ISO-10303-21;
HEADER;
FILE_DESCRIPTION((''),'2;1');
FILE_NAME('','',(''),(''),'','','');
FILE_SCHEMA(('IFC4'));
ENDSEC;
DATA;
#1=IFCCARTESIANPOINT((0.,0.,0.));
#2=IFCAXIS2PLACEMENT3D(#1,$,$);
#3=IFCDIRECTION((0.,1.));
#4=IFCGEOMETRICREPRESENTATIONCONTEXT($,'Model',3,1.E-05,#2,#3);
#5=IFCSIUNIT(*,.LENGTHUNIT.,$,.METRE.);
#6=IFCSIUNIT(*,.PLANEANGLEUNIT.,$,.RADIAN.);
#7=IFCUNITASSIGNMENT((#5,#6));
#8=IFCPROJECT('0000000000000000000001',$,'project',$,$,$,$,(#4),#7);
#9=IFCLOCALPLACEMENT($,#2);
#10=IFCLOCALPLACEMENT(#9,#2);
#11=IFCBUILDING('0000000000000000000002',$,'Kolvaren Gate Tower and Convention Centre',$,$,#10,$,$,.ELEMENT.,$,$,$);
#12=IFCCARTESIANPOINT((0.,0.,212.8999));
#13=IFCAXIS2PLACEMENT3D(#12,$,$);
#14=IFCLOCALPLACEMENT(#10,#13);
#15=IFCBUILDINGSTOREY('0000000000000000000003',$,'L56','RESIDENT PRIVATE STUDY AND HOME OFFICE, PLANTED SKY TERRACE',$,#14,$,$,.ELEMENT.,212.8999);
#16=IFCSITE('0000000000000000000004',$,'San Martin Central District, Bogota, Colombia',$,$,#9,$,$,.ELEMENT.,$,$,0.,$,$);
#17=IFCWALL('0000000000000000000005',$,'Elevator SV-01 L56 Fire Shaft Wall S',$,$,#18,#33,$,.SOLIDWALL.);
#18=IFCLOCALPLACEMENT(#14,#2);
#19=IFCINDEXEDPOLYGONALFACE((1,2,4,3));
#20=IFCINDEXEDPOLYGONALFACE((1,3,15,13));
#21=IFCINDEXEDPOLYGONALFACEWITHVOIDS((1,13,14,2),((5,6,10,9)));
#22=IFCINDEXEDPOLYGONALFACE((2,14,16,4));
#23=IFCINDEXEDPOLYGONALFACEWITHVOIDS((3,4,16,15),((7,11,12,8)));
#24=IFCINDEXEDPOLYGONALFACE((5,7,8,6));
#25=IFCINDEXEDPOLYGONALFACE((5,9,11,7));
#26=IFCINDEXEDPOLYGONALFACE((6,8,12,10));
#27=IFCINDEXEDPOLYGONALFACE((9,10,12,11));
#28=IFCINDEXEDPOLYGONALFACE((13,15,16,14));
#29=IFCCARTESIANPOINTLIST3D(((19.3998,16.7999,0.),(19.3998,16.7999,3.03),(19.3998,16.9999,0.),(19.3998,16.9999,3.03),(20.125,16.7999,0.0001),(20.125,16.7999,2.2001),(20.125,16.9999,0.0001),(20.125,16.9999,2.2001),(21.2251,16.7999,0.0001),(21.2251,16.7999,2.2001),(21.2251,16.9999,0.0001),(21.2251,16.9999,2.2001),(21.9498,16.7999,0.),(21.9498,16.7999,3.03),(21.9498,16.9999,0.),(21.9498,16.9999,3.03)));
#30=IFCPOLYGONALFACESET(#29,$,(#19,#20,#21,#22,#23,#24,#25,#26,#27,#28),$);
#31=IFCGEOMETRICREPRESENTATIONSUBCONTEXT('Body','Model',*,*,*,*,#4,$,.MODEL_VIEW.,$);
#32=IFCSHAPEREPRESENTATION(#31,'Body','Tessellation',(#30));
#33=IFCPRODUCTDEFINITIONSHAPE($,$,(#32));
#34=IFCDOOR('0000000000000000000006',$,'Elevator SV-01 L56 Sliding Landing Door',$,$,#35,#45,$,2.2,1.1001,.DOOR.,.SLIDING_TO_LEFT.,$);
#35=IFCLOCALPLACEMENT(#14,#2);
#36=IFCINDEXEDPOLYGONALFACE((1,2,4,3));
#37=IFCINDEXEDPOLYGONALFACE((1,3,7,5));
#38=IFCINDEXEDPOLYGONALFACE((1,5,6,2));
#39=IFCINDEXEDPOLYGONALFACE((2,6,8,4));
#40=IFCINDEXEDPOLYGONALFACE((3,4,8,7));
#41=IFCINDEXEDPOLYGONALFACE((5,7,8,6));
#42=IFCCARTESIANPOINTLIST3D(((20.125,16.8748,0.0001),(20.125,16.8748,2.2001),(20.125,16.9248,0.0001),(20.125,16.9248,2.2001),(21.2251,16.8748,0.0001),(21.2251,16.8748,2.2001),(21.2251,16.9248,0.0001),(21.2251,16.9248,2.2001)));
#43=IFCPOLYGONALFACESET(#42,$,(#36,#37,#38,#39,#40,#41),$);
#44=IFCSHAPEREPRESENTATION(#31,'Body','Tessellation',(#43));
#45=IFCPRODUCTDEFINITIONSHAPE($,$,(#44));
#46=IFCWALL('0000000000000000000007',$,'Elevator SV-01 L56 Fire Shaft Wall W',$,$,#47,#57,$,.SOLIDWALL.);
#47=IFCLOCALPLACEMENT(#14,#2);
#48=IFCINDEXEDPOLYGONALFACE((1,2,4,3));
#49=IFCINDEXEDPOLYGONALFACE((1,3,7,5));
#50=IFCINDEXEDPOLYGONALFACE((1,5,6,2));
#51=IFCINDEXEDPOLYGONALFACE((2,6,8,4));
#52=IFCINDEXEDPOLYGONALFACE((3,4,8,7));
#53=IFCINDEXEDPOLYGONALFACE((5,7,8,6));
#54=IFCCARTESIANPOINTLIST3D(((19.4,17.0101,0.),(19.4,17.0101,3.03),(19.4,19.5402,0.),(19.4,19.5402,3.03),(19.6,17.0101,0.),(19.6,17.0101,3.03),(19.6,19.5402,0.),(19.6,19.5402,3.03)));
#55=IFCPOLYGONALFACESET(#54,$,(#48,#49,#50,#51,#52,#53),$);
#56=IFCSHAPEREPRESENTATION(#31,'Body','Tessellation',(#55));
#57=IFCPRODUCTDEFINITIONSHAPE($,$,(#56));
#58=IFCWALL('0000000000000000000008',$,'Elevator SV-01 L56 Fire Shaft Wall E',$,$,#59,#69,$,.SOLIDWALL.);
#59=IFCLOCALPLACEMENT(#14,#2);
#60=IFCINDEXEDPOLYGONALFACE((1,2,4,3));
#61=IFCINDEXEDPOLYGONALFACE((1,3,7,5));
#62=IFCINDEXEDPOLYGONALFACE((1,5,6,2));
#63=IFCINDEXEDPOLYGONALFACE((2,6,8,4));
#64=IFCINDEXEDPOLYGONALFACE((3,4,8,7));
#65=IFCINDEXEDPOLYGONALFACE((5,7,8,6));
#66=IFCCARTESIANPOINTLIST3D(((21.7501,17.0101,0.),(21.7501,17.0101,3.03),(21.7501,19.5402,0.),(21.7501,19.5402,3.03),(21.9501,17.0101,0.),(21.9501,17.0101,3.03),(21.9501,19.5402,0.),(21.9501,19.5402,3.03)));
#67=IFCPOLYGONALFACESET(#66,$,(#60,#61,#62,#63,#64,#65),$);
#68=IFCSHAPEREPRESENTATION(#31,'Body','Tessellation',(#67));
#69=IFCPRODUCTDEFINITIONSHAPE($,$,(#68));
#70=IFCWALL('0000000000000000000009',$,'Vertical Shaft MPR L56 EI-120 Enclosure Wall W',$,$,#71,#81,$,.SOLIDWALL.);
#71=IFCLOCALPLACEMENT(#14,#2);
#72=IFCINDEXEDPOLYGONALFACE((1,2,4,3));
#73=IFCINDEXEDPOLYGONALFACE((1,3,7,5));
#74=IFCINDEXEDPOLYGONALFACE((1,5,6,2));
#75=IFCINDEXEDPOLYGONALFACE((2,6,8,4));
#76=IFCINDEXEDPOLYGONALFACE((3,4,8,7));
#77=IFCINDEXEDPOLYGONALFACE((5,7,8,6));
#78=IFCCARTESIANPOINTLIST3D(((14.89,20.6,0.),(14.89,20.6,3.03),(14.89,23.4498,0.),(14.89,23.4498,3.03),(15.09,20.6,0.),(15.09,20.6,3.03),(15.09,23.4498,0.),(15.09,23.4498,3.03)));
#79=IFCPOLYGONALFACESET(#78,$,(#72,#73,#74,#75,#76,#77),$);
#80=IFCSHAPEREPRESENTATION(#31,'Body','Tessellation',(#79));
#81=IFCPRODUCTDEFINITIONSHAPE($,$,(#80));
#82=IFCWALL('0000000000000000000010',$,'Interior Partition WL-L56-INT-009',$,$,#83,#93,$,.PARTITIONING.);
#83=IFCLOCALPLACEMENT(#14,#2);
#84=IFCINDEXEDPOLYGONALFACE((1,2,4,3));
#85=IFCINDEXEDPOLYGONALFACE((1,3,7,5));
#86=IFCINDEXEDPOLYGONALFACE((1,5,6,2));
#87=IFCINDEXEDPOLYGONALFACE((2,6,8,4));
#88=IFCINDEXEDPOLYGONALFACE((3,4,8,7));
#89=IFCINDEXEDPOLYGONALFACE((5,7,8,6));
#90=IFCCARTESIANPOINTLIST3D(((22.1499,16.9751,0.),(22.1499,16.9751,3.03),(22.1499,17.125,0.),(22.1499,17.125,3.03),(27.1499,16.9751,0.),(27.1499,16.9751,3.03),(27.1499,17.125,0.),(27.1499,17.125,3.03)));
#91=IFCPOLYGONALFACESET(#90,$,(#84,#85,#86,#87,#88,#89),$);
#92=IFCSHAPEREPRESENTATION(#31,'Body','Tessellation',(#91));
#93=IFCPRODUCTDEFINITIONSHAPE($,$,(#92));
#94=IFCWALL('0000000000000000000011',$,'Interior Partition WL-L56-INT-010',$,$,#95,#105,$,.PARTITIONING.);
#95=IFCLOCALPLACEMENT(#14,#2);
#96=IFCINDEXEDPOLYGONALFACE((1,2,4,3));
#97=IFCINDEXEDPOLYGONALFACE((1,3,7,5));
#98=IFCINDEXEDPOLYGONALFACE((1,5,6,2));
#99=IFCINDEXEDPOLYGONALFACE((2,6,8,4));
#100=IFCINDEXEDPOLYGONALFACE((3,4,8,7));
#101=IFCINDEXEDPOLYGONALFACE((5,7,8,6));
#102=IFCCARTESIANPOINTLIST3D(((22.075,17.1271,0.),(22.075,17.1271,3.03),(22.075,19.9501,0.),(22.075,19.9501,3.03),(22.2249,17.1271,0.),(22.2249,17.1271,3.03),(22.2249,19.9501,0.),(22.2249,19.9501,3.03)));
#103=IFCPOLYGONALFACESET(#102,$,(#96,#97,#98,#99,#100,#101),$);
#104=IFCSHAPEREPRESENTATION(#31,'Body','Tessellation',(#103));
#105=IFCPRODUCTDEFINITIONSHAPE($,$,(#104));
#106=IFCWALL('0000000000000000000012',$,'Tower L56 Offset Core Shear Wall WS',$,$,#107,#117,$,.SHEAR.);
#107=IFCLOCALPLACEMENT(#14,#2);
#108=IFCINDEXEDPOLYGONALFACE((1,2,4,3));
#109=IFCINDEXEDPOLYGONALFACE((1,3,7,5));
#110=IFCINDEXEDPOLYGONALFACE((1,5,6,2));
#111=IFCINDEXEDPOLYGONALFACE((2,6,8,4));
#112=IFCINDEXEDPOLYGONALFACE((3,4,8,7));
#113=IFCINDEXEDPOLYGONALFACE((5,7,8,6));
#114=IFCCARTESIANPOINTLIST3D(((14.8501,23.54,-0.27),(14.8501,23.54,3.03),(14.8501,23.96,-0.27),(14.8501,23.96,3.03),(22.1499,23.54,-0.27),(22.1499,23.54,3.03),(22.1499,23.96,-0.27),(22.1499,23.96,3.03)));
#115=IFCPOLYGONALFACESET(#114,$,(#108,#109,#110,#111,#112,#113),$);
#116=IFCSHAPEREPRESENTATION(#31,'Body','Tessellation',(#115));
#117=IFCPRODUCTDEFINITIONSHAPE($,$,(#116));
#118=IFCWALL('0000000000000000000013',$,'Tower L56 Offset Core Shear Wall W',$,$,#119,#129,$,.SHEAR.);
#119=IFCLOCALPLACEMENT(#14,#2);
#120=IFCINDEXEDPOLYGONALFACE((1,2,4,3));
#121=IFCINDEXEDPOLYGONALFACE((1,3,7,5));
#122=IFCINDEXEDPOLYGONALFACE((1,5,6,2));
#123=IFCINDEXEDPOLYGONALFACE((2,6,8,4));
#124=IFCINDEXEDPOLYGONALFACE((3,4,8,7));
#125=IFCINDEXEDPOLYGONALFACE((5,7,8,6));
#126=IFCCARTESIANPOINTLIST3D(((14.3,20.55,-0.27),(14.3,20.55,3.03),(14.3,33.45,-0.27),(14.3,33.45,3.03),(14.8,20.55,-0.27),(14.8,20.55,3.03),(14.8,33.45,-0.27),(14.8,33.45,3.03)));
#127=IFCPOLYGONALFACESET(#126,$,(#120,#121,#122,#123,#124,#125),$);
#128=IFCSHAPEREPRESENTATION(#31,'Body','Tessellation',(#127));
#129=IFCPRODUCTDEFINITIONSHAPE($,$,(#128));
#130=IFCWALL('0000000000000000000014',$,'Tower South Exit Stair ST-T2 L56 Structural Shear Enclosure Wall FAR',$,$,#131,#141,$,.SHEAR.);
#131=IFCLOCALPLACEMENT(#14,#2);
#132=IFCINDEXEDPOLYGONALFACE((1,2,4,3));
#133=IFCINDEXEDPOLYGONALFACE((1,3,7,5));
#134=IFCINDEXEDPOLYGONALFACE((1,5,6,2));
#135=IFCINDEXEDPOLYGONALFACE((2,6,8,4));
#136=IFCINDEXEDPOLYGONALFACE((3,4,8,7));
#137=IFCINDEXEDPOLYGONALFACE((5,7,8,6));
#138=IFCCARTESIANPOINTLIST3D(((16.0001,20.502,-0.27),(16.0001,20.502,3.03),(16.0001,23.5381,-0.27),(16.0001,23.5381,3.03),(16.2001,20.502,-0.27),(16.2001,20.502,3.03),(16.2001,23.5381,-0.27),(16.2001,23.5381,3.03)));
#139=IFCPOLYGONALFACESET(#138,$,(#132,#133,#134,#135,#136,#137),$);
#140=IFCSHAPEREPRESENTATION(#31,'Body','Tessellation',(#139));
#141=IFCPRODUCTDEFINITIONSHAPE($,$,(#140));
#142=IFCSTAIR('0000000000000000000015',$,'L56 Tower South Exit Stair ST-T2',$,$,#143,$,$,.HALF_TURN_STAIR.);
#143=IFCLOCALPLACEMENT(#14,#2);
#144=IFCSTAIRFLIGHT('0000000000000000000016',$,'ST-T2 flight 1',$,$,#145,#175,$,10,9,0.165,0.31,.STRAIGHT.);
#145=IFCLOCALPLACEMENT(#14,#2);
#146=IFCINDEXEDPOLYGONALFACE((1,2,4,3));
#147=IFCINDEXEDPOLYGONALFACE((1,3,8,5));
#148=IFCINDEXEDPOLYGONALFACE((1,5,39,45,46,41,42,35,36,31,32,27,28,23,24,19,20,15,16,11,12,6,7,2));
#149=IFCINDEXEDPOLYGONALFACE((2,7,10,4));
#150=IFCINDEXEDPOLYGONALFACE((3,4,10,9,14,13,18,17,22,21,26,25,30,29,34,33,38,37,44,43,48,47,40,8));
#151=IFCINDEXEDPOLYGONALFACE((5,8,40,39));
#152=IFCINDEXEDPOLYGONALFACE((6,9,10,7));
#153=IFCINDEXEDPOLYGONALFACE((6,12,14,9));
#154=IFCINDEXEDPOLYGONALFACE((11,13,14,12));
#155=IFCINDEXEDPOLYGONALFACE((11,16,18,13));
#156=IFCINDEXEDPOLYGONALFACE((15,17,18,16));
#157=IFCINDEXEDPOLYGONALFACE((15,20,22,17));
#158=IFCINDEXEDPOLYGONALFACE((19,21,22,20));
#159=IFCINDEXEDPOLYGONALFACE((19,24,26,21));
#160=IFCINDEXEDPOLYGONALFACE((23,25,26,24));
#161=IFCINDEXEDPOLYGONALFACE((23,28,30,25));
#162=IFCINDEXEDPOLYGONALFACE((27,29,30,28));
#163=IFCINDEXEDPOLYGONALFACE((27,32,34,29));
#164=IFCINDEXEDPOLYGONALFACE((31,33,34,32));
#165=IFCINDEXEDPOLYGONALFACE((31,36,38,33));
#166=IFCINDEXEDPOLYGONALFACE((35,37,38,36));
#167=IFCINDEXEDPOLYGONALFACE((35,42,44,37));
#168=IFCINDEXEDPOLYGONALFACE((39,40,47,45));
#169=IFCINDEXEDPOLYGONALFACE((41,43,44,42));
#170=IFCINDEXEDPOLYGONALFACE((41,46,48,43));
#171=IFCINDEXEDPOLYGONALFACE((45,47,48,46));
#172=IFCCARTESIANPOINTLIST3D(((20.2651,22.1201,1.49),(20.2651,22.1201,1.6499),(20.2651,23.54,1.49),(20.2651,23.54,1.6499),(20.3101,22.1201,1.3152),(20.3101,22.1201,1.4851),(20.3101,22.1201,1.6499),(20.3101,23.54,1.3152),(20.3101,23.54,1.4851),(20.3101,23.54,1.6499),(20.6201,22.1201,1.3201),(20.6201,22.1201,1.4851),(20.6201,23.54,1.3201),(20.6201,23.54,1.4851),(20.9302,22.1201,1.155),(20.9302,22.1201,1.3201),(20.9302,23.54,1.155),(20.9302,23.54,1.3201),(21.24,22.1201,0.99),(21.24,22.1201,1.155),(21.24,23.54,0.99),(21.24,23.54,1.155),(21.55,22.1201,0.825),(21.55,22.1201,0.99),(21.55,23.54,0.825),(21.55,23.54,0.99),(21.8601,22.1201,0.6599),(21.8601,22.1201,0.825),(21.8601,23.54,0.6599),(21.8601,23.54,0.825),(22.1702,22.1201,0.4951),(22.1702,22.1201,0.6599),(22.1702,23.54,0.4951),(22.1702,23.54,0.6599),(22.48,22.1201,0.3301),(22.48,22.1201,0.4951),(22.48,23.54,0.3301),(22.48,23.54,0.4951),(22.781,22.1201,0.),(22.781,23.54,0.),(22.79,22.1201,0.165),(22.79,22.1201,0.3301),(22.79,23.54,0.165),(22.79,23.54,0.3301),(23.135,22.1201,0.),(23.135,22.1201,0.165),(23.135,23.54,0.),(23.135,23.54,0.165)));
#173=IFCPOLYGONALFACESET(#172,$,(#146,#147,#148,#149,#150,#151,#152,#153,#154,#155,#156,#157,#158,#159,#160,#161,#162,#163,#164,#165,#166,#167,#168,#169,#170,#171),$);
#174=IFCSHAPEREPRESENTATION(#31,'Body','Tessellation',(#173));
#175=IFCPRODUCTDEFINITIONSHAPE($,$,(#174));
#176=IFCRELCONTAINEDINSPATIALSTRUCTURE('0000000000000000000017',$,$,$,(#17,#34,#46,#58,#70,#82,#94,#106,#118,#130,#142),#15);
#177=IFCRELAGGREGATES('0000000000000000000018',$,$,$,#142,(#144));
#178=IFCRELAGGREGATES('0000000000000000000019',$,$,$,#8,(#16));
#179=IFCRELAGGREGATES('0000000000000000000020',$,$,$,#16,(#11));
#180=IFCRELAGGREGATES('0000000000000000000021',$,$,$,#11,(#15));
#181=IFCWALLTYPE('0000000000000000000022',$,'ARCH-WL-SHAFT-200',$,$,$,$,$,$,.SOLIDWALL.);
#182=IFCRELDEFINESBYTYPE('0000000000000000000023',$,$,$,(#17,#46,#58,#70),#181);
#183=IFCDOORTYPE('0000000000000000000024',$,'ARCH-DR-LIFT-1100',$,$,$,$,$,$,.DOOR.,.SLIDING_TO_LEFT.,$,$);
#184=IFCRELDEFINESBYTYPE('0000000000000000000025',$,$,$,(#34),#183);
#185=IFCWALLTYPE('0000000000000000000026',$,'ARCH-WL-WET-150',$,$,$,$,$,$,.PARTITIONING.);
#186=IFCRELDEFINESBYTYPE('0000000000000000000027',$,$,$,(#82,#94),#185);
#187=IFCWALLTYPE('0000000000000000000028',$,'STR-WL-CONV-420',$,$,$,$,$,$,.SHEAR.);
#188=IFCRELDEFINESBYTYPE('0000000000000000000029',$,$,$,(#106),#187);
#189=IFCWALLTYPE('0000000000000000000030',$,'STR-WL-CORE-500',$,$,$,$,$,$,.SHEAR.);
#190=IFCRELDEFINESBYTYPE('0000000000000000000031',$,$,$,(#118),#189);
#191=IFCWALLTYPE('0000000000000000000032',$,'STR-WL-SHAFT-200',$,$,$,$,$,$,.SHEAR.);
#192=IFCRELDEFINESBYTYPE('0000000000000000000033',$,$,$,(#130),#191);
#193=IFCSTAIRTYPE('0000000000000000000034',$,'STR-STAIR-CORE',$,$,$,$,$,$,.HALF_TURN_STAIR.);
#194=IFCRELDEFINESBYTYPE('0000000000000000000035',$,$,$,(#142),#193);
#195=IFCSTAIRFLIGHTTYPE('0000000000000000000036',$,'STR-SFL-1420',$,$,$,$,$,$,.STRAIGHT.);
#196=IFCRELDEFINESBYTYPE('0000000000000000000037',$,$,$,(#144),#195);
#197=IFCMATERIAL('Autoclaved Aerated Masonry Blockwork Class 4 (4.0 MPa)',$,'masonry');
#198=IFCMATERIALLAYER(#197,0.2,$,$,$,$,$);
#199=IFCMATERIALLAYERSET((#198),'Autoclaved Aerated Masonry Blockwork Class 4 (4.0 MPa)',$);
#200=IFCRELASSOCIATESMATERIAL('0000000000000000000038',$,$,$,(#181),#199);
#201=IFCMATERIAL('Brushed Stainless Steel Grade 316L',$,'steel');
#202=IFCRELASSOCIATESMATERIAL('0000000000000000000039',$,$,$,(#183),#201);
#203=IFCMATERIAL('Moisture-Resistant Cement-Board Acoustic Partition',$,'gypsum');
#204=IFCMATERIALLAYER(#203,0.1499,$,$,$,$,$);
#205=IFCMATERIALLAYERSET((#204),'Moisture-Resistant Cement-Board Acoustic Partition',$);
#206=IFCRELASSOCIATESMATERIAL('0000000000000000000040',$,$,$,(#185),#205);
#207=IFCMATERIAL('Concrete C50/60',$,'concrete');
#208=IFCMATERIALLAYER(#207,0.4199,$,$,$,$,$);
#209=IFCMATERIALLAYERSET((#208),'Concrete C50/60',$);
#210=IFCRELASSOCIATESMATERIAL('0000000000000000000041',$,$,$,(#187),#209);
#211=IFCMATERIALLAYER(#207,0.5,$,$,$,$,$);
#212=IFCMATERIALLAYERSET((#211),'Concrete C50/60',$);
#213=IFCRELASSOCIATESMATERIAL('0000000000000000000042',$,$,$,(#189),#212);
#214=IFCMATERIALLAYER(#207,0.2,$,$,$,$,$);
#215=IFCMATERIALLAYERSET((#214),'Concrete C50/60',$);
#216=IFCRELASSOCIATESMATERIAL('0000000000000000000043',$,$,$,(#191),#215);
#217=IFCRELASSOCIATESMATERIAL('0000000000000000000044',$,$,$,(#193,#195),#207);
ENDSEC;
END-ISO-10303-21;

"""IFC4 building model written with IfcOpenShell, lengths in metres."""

from ifc_helpers import new_model, si_unit, direction, frame, frame_2d, origin, place, context, subcontext, project, spatial, polyline, rectangle, outline, extrude, material, layer, layer_set, type_object, element, fill, aggregate, save


model = new_model("IFC4")

# Units and contexts
model_context = context("Model", 3, precision=1e-05, world=origin(), true_north=direction((0.0, 1.0)))
body_context = subcontext(model_context, "Body", "Model", "MODEL_VIEW")
ifc_project = project(units=[si_unit("LENGTHUNIT", "METRE"), si_unit("PLANEANGLEUNIT", "RADIAN")], contexts=[model_context])

# Site, building, storey
site_placement = place(None, origin())
site = spatial("IfcSite", under=ifc_project, at=site_placement, Name="San Martin Central District, Bogota, Colombia", CompositionType="ELEMENT", RefElevation=0.0)
building_placement = place(site_placement, origin())
building = spatial("IfcBuilding", under=site, at=building_placement, Name="Kolvaren Gate Tower and Convention Centre", CompositionType="ELEMENT")
storey_placement = place(building_placement, frame((0.0, 0.0, 212.8999)))
storey = spatial("IfcBuildingStorey", under=building, at=storey_placement, Name="L56", Description="RESIDENT PRIVATE STUDY AND HOME OFFICE, PLANTED SKY TERRACE", CompositionType="ELEMENT", Elevation=212.8999)

# Shared definitions
ifc_material_1 = material(Name="Concrete C50/60", Category="concrete")

# Shared definitions
ifc_material_2 = material(Name="Autoclaved Aerated Masonry Blockwork Class 4 (4.0 MPa)", Category="masonry")
ifc_layer_1 = layer(ifc_material_2, 0.2)
ifc_layer_set_1 = layer_set([ifc_layer_1], Name="Autoclaved Aerated Masonry Blockwork Class 4 (4.0 MPa)")
wall_type_1 = type_object("IfcWallType", Name="ARCH-WL-SHAFT-200", PredefinedType="SOLIDWALL", material=ifc_layer_set_1)

# Wall, opening, door
wall_1_placement = place(storey_placement, frame((19.3999, 16.8999, 0.0), z_axis=(0.0, 0.0, 1.0), x_axis=(1.0, 0.0, 0.0)))
wall_1 = element("IfcWall", 1, at=wall_1_placement, inside=storey, type_object=wall_type_1, Name="Elevator SV-01 L56 Fire Shaft Wall S", PredefinedType="SOLIDWALL", context=body_context, shape_type="SweptSolid", body=[
    extrude(rectangle(XDim=2.55, YDim=0.2, at=frame_2d((1.2749, 0.0))), origin(), (0.0, 0.0, 1.0), 3.03),
])
opening_placement = place(wall_1_placement, frame((0.7251, 0.0, 0.0)))
opening = element("IfcOpeningElement", 2, at=opening_placement, cuts=wall_1, PredefinedType="OPENING", context=body_context, shape_type="SweptSolid", body=[
    extrude(rectangle(XDim=1.1001, YDim=2.2, at=frame_2d((0.55, 1.1001))), frame((0.0, 0.1099, 0.0), z_axis=(0.0, -1.0, 0.0), x_axis=(1.0, 0.0, 0.0)), (0.0, 0.0, 1.0), 0.22),
])
ifc_material_3 = material(Name="Brushed Stainless Steel Grade 316L", Category="steel")
door_type = type_object("IfcDoorType", Name="ARCH-DR-LIFT-1100", OperationType="SLIDING_TO_LEFT", PredefinedType="DOOR", material=ifc_material_3)
door_placement = place(opening_placement, origin())
door = element("IfcDoor", 3, at=door_placement, inside=storey, type_object=door_type, Name="Elevator SV-01 L56 Sliding Landing Door", OperationType="SLIDING_TO_LEFT", OverallHeight=2.2, OverallWidth=1.1001, PredefinedType="DOOR", context=body_context, shape_type="SweptSolid", body=[
    extrude(rectangle(XDim=1.1001, YDim=2.2, at=frame_2d((0.55, 1.1001))), frame((0.0, 0.0249, 0.0), z_axis=(0.0, -1.0, 0.0), x_axis=(1.0, 0.0, 0.0)), (0.0, 0.0, 1.0), 0.05),
])
fill(opening, door)

# Walls
for number, where, z_axis, x_axis, name in (
    (4, (19.5, 17.01, 0.0), (0.0, 0.0, 1.0), (0.0, 1.0, 0.0), "Elevator SV-01 L56 Fire Shaft Wall W"),
    (5, (21.8501, 17.01, 0.0), (0.0, 0.0, 1.0), (0.0, 1.0, 0.0), "Elevator SV-01 L56 Fire Shaft Wall E"),
):
    element("IfcWall", number, at=place(storey_placement, frame(where, z_axis=z_axis, x_axis=x_axis)), inside=storey, type_object=wall_type_1, Name=name, PredefinedType="SOLIDWALL", context=body_context, shape_type="SweptSolid", body=[
        extrude(rectangle(XDim=2.53, YDim=0.2, at=frame_2d((1.2651, 0.0))), origin(), (0.0, 0.0, 1.0), 3.03),
    ])
wall_2_placement = place(storey_placement, frame((14.99, 20.6001, 0.0), z_axis=(0.0, 0.0, 1.0), x_axis=(0.0, 1.0, 0.0)))
element("IfcWall", 6, at=wall_2_placement, inside=storey, type_object=wall_type_1, Name="Vertical Shaft MPR L56 EI-120 Enclosure Wall W", PredefinedType="SOLIDWALL", context=body_context, shape_type="SweptSolid", body=[
    extrude(rectangle(XDim=2.8499, YDim=0.2, at=frame_2d((1.4248, 0.0))), origin(), (0.0, 0.0, 1.0), 3.03),
])
ifc_material_4 = material(Name="Moisture-Resistant Cement-Board Acoustic Partition", Category="gypsum")
ifc_layer_2 = layer(ifc_material_4, 0.1499)
ifc_layer_set_2 = layer_set([ifc_layer_2], Name="Moisture-Resistant Cement-Board Acoustic Partition")
wall_type_2 = type_object("IfcWallType", Name="ARCH-WL-WET-150", PredefinedType="PARTITIONING", material=ifc_layer_set_2)
wall_3_placement = place(storey_placement, frame((22.1499, 17.05, 0.0), z_axis=(0.0, 0.0, 1.0), x_axis=(1.0, 0.0, 0.0)))
element("IfcWall", 7, at=wall_3_placement, inside=storey, type_object=wall_type_2, Name="Interior Partition WL-L56-INT-009", PredefinedType="PARTITIONING", context=body_context, shape_type="SweptSolid", body=[
    extrude(rectangle(XDim=5.0, YDim=0.1499, at=frame_2d((2.5, 0.0))), origin(), (0.0, 0.0, 1.0), 3.03),
])
wall_4_placement = place(storey_placement, frame((22.1499, 17.127, 0.0), z_axis=(0.0, 0.0, 1.0), x_axis=(0.0, 1.0, 0.0)))
element("IfcWall", 8, at=wall_4_placement, inside=storey, type_object=wall_type_2, Name="Interior Partition WL-L56-INT-010", PredefinedType="PARTITIONING", context=body_context, shape_type="SweptSolid", body=[
    extrude(rectangle(XDim=2.823, YDim=0.1499, at=frame_2d((1.4116, 0.0))), origin(), (0.0, 0.0, 1.0), 3.03),
])
ifc_layer_3 = layer(ifc_material_1, 0.4199)
ifc_layer_set_3 = layer_set([ifc_layer_3], Name="Concrete C50/60")
wall_type_3 = type_object("IfcWallType", Name="STR-WL-CONV-420", PredefinedType="SHEAR", material=ifc_layer_set_3)
wall_5_placement = place(storey_placement, frame((14.8501, 23.75, -0.27), z_axis=(0.0, 0.0, 1.0), x_axis=(1.0, 0.0, 0.0)))
element("IfcWall", 9, at=wall_5_placement, inside=storey, type_object=wall_type_3, Name="Tower L56 Offset Core Shear Wall WS", PredefinedType="SHEAR", context=body_context, shape_type="SweptSolid", body=[
    extrude(rectangle(XDim=7.2998, YDim=0.4199, at=frame_2d((3.6499, 0.0))), origin(), (0.0, 0.0, 1.0), 3.3),
])
ifc_layer_4 = layer(ifc_material_1, 0.5)
ifc_layer_set_4 = layer_set([ifc_layer_4], Name="Concrete C50/60")
wall_type_4 = type_object("IfcWallType", Name="STR-WL-CORE-500", PredefinedType="SHEAR", material=ifc_layer_set_4)
wall_6_placement = place(storey_placement, frame((14.55, 20.55, -0.27), z_axis=(0.0, 0.0, 1.0), x_axis=(0.0, 1.0, 0.0)))
element("IfcWall", 10, at=wall_6_placement, inside=storey, type_object=wall_type_4, Name="Tower L56 Offset Core Shear Wall W", PredefinedType="SHEAR", context=body_context, shape_type="SweptSolid", body=[
    extrude(rectangle(XDim=12.8999, YDim=0.5, at=frame_2d((6.45, 0.0))), origin(), (0.0, 0.0, 1.0), 3.3),
])
ifc_layer_5 = layer(ifc_material_1, 0.2)
ifc_layer_set_5 = layer_set([ifc_layer_5], Name="Concrete C50/60")
wall_type_5 = type_object("IfcWallType", Name="STR-WL-SHAFT-200", PredefinedType="SHEAR", material=ifc_layer_set_5)
wall_7_placement = place(storey_placement, frame((16.1001, 20.502, -0.27), z_axis=(0.0, 0.0, 1.0), x_axis=(0.0, 1.0, 0.0)))
element("IfcWall", 11, at=wall_7_placement, inside=storey, type_object=wall_type_5, Name="Tower South Exit Stair ST-T2 L56 Structural Shear Enclosure Wall FAR", PredefinedType="SHEAR", context=body_context, shape_type="SweptSolid", body=[
    extrude(rectangle(XDim=3.0361, YDim=0.2, at=frame_2d((1.5181, 0.0))), origin(), (0.0, 0.0, 1.0), 3.3),
])

# Stair, stair flight
stair_type = type_object("IfcStairType", Name="STR-STAIR-CORE", PredefinedType="HALF_TURN_STAIR", material=ifc_material_1)
stair_placement = place(storey_placement, origin())
stair = element("IfcStair", 12, at=stair_placement, inside=storey, type_object=stair_type, Name="L56 Tower South Exit Stair ST-T2", PredefinedType="HALF_TURN_STAIR")
stair_flight_type = type_object("IfcStairFlightType", Name="STR-SFL-1420", PredefinedType="STRAIGHT", material=ifc_material_1)
stair_flight_1_placement = place(storey_placement, frame((23.1001, 22.8301, 0.0), z_axis=(0.0, 0.0, 1.0), x_axis=(-1.0, 0.0, 0.0)))
stair_flight_1 = element("IfcStairFlight", 13, at=stair_flight_1_placement, type_object=stair_flight_type, Name="ST-T2 flight 1", NumberOfRisers=10, NumberOfTreads=9, PredefinedType="STRAIGHT", RiserHeight=0.165, TreadLength=0.31, context=body_context, shape_type="SweptSolid", body=[
    extrude(outline(polyline([(-0.0349, 0.0), (-0.0349, 0.165), (0.3101, 0.165), (0.3101, 0.3301), (0.6201, 0.3301), (0.6201, 0.4951), (0.9299, 0.4951), (0.9299, 0.6599), (1.24, 0.6599), (1.24, 0.825), (1.55, 0.825), (1.55, 0.99), (1.8601, 0.99), (1.8601, 1.155), (2.1699, 1.155), (2.1699, 1.3201), (2.48, 1.3201), (2.48, 1.4851), (2.79, 1.4851), (2.79, 1.6499), (2.835, 1.6499), (2.835, 1.49), (2.79, 1.3152), (0.3191, 0.0), (-0.0349, 0.0)])), frame((0.0, 0.71, 0.0), z_axis=(0.0, -1.0, 0.0), x_axis=(1.0, 0.0, 0.0)), (0.0, 0.0, 1.0), 1.4199),
])
aggregate(stair, [stair_flight_1])

save(model, "model.ifc")
